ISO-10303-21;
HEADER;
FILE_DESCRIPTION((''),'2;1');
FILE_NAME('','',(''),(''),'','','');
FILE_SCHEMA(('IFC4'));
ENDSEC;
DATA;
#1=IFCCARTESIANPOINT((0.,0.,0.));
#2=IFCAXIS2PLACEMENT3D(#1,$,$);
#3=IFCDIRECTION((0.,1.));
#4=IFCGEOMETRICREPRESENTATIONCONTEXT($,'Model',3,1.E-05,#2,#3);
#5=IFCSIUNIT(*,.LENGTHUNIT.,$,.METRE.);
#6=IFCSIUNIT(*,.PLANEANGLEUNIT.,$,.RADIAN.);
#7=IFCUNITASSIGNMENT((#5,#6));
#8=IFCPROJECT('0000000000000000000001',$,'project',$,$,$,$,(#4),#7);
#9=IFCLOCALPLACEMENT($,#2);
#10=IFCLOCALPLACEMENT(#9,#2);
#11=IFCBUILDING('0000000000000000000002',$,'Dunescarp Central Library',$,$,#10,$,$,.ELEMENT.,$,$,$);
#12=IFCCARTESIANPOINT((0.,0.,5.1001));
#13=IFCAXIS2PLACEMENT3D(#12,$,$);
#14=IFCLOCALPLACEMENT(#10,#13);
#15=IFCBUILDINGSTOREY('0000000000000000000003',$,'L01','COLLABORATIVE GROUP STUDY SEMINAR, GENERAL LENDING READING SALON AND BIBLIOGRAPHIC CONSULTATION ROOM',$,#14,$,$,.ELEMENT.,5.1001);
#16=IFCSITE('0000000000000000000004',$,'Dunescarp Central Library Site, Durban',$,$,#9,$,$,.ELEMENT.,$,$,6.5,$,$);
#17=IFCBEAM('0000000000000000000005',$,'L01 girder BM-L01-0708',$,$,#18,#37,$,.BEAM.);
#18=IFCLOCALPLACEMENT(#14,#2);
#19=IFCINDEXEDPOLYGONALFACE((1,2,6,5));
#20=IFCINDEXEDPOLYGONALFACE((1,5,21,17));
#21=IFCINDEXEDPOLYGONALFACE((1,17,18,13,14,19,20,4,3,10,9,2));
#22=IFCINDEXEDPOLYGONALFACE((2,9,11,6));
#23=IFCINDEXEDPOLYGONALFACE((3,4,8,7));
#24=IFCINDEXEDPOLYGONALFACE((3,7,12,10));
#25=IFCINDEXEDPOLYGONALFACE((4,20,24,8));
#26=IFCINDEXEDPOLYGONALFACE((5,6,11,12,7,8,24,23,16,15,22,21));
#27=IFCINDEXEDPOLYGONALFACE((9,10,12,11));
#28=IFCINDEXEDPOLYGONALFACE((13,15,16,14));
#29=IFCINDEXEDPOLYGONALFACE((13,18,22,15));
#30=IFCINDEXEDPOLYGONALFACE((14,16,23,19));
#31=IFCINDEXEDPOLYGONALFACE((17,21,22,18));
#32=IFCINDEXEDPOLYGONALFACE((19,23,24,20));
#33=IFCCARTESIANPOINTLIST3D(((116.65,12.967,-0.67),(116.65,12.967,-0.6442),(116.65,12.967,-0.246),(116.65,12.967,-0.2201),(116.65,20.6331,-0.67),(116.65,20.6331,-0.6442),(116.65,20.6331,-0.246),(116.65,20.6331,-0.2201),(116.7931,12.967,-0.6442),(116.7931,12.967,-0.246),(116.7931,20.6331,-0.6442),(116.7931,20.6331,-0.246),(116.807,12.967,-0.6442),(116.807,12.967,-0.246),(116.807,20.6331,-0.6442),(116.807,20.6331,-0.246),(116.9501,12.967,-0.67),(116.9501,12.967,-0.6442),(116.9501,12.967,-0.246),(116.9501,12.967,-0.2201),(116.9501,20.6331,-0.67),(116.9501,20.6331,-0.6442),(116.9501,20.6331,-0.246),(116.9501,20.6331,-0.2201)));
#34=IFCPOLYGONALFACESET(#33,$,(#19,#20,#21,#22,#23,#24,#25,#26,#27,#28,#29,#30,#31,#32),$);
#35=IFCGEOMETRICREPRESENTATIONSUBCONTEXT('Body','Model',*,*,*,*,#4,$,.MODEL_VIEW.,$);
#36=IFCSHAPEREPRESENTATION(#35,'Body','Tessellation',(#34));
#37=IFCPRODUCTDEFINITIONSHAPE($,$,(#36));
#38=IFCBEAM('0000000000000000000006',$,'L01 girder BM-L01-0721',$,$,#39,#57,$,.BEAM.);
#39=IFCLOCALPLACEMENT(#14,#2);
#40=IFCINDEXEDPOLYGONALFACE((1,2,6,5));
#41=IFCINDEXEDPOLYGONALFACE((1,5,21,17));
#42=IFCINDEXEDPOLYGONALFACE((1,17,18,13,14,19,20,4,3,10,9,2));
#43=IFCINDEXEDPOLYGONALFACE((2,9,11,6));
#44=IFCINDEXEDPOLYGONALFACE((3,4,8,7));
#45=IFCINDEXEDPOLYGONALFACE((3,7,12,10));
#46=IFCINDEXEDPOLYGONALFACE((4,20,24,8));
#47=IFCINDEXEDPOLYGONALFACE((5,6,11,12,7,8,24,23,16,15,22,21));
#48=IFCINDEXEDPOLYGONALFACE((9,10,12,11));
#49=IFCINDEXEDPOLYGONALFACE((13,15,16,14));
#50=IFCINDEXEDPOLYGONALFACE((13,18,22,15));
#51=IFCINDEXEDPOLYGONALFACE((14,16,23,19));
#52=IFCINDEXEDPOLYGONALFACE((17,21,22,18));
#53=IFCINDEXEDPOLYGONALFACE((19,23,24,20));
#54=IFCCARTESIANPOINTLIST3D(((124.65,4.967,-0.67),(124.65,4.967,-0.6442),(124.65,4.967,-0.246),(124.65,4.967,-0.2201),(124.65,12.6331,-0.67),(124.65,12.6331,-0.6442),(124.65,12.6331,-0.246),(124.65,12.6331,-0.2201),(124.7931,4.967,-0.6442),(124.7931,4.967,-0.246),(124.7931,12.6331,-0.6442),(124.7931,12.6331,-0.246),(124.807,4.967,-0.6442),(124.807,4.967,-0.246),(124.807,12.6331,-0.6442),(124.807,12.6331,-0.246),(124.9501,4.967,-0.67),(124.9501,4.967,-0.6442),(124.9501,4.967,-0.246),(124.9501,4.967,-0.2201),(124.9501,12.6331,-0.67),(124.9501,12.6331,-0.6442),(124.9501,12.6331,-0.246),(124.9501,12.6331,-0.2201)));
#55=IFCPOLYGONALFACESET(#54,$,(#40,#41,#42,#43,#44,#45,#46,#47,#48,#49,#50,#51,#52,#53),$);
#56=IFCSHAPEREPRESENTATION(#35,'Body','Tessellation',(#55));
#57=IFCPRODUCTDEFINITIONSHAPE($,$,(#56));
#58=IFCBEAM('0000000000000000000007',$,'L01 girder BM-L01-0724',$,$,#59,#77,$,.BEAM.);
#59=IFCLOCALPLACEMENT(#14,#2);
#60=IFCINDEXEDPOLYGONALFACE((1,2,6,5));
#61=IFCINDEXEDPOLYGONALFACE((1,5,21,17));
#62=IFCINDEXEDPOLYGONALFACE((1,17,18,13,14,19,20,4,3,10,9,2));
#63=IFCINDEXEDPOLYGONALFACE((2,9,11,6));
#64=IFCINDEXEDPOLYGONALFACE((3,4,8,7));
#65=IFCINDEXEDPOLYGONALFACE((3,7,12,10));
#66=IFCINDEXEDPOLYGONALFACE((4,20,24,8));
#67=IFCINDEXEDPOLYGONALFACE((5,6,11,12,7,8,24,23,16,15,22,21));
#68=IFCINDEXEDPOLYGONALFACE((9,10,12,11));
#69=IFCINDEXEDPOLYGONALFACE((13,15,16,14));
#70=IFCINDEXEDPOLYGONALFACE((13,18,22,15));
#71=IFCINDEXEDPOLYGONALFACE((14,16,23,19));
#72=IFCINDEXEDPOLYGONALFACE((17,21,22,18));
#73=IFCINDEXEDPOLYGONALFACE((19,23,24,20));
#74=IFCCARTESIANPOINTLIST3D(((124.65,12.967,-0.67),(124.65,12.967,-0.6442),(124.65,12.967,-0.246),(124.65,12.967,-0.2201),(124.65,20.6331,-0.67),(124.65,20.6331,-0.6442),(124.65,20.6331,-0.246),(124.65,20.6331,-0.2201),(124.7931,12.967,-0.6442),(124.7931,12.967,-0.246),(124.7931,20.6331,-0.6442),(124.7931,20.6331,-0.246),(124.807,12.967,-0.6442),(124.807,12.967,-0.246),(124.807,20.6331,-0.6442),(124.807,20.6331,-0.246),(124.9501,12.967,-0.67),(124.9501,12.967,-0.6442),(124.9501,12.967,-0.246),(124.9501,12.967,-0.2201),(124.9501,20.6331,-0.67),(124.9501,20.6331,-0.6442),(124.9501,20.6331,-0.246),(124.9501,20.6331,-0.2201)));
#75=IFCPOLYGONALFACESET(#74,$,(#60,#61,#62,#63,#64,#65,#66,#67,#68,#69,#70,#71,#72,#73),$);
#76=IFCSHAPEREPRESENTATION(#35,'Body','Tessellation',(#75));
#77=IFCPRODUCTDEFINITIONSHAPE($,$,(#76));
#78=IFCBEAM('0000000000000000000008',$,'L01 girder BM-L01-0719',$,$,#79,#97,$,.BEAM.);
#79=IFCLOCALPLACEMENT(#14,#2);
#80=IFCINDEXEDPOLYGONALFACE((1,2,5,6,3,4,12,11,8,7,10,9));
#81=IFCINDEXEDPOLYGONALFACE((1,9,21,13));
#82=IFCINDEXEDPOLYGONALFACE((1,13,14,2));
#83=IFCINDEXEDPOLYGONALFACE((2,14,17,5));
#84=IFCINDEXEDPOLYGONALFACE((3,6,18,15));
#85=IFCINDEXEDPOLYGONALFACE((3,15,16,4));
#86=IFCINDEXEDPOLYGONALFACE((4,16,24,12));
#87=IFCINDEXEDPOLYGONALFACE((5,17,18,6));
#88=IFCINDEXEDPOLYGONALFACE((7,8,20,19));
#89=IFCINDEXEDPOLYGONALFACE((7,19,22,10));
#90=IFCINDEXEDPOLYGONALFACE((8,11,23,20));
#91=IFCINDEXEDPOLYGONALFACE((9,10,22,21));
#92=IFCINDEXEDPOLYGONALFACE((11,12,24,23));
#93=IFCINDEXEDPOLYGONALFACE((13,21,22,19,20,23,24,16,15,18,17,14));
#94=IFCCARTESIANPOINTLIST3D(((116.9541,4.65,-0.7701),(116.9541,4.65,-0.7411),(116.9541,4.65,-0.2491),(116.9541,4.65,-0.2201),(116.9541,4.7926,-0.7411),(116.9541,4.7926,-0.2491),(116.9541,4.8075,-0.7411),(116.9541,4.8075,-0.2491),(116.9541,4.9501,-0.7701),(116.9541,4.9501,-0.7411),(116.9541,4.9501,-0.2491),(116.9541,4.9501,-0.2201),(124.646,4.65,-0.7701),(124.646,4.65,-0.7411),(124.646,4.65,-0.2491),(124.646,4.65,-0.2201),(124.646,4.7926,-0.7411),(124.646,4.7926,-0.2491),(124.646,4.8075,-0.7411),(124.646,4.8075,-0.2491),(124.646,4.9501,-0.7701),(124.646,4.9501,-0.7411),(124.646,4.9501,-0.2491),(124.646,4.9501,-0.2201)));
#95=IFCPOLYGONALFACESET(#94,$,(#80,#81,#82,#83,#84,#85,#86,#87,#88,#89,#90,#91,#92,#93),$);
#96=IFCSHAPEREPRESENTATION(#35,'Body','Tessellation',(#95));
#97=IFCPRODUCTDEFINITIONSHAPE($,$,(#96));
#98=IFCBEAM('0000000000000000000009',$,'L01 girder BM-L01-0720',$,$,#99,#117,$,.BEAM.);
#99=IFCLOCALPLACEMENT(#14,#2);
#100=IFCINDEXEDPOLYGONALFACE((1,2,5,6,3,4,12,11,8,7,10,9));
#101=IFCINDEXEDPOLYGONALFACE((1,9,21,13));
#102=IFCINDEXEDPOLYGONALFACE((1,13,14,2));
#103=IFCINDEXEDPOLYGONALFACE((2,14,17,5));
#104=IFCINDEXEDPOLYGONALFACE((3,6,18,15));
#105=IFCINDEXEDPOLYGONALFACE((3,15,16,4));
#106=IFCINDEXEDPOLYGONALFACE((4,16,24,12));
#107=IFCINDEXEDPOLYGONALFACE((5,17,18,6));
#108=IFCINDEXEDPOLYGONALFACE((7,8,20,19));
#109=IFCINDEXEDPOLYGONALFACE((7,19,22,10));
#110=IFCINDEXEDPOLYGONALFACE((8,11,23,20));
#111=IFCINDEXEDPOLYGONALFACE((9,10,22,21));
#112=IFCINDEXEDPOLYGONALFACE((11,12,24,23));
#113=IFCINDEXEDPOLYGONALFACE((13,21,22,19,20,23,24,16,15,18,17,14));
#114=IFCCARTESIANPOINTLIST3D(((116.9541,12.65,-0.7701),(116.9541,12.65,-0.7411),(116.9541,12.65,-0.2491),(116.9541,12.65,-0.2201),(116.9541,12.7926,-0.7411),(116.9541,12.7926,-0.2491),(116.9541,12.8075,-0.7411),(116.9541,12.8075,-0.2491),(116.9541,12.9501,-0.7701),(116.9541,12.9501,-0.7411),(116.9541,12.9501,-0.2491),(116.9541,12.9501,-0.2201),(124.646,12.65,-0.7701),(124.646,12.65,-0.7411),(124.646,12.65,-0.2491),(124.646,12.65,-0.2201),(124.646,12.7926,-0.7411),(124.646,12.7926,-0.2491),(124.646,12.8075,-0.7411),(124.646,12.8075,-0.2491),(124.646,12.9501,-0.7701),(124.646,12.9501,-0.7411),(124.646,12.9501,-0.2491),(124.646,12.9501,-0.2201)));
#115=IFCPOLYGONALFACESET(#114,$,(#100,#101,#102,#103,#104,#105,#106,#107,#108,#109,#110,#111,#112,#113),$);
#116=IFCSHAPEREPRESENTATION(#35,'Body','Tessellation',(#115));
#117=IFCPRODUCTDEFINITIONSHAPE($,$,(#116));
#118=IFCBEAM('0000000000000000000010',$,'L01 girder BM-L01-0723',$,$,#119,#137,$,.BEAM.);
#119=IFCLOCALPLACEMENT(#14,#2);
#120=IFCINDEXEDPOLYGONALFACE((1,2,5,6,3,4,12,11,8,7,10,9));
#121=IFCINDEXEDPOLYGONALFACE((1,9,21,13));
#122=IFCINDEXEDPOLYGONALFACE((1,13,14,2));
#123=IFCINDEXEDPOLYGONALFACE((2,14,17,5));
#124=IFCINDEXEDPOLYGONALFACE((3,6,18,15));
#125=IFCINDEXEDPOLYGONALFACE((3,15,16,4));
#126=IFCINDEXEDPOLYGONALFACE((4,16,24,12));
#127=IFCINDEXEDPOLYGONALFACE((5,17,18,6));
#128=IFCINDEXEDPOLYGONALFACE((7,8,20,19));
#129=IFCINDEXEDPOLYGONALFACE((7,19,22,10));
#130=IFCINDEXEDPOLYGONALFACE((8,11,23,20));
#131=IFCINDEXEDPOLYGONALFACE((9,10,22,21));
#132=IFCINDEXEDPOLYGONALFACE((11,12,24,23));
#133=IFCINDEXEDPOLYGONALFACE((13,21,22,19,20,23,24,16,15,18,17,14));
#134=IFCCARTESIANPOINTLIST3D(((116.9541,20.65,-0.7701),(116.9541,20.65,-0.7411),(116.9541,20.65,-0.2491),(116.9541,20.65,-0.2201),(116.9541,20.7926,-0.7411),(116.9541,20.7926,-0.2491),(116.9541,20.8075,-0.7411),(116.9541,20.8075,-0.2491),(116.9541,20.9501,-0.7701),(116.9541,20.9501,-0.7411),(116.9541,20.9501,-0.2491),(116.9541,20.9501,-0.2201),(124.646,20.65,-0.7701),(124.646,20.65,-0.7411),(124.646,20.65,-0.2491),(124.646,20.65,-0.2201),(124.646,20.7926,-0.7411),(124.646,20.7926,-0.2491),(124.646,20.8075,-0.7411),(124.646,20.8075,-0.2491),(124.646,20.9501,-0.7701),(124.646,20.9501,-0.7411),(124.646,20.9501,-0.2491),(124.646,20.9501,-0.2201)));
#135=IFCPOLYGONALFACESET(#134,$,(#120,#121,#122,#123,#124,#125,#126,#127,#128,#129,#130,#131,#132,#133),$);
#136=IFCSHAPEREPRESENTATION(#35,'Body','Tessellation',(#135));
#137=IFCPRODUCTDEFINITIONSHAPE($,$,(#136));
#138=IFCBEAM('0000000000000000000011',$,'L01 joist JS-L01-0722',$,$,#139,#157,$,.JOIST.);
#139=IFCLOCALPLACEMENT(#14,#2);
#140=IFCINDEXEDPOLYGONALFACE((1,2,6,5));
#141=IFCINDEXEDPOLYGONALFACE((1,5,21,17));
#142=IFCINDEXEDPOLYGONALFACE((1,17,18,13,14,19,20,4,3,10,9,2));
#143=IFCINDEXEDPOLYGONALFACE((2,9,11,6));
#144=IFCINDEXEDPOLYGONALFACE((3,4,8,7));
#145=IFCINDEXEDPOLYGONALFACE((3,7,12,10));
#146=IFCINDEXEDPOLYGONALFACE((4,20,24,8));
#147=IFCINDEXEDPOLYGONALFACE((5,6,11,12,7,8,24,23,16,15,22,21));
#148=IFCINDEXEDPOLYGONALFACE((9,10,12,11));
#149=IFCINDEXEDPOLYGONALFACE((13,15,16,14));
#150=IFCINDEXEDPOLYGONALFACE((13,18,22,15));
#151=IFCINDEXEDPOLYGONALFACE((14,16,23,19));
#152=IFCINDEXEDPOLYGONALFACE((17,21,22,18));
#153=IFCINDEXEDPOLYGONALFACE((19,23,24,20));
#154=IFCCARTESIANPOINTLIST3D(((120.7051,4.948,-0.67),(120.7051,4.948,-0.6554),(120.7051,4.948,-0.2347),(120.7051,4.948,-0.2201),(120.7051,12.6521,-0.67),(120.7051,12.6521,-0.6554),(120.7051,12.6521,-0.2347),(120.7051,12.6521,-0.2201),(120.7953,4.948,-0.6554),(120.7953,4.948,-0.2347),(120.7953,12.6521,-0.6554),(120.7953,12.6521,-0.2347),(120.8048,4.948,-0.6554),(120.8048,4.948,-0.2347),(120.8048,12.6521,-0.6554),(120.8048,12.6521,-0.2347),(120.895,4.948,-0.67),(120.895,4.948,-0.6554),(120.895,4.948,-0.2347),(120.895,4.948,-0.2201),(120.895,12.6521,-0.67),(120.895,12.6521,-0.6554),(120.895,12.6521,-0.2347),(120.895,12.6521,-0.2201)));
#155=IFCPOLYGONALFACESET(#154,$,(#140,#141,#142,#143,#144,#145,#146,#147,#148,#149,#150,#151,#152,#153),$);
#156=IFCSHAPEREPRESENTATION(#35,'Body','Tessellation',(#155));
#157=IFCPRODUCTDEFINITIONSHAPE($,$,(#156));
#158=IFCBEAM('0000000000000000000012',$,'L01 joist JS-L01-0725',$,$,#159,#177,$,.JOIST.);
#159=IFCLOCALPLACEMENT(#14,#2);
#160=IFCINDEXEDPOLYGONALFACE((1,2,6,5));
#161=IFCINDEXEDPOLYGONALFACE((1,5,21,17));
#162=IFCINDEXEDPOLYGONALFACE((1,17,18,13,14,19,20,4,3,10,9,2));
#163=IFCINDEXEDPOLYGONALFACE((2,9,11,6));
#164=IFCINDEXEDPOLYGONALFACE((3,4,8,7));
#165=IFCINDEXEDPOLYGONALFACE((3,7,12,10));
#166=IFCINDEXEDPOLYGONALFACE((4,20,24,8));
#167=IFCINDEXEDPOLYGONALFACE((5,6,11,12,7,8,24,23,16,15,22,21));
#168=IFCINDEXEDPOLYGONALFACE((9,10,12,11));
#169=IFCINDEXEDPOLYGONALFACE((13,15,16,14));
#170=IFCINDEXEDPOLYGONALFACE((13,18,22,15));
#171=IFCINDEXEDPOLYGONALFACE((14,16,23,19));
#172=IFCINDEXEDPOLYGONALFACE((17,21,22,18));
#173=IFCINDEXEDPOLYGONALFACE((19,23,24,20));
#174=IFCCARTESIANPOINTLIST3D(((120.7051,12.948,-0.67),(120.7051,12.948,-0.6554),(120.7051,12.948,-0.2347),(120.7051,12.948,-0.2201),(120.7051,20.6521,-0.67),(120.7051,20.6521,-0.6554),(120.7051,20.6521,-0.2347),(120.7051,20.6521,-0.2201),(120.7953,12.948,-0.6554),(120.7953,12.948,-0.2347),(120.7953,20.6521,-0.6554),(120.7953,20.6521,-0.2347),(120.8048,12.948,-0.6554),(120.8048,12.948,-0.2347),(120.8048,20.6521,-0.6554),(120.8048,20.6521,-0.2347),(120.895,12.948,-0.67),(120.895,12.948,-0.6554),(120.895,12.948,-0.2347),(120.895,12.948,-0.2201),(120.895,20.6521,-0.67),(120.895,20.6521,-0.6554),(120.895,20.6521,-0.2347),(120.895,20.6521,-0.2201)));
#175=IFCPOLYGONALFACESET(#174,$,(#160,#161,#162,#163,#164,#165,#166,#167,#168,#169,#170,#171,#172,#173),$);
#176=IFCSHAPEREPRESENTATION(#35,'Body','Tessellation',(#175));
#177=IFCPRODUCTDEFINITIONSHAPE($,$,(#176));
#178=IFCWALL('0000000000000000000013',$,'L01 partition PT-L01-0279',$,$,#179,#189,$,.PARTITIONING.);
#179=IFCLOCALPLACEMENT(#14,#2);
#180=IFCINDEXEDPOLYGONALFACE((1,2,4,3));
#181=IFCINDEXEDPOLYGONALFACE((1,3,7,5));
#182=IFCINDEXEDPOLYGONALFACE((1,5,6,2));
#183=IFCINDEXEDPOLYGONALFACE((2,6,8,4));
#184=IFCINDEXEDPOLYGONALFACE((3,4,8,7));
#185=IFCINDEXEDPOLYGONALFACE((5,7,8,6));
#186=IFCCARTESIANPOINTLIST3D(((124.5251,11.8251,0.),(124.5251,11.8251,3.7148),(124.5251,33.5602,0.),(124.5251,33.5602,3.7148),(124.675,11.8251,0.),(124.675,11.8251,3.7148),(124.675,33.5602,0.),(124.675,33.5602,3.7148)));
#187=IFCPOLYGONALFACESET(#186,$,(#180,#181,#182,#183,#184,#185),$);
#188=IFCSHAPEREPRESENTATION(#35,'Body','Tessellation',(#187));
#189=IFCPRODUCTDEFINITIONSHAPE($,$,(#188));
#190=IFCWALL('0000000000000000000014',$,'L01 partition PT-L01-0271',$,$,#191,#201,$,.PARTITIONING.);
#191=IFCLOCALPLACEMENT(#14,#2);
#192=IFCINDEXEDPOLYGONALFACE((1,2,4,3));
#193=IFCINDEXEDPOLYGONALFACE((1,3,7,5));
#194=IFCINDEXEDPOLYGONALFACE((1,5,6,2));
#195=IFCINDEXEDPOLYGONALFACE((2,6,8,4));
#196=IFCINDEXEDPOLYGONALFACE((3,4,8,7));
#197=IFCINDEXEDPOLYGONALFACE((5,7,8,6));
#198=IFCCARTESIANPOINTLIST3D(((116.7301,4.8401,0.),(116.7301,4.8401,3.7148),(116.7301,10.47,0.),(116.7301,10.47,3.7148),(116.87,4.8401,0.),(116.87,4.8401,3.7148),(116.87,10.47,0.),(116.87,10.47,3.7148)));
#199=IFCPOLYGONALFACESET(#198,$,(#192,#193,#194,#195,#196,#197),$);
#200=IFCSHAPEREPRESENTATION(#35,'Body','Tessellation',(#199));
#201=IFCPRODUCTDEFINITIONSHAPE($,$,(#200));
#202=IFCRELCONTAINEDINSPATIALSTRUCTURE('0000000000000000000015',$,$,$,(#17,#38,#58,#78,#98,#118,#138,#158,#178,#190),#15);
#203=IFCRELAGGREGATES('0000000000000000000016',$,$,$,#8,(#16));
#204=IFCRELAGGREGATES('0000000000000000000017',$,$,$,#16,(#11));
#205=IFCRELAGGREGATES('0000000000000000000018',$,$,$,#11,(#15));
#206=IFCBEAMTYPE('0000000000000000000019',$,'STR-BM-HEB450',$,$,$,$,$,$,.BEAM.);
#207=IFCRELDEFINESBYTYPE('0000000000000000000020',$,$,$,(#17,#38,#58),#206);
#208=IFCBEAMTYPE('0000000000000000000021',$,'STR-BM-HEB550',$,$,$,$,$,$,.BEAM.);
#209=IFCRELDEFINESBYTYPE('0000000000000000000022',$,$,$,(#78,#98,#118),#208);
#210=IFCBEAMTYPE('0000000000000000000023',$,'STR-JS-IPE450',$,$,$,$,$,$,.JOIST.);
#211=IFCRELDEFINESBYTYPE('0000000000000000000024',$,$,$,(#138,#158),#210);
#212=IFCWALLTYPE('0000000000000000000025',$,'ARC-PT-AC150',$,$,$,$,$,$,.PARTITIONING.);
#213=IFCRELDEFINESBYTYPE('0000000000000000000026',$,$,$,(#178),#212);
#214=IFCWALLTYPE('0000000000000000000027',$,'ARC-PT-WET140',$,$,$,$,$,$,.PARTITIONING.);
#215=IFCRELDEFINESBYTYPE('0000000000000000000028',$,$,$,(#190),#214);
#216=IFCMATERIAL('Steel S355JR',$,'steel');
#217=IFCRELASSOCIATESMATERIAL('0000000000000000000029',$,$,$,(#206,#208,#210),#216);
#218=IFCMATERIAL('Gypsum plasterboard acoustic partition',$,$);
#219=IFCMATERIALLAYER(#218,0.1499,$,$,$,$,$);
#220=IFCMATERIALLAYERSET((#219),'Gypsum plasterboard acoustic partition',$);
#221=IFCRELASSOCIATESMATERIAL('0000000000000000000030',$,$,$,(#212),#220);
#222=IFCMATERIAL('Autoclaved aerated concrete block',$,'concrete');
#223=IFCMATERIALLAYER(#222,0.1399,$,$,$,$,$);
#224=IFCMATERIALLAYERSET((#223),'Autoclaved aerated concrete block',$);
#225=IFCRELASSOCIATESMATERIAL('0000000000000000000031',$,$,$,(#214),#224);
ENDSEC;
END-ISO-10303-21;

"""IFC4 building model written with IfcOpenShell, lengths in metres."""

from ifc_helpers import new_model, si_unit, direction, frame, frame_2d, origin, origin_2d, place, context, subcontext, project, spatial, rectangle, i_section, extrude, material, layer, layer_set, material_profile, profile_set, type_object, element, save


model = new_model("IFC4")

# Units and contexts
model_context = context("Model", 3, precision=1e-05, world=origin(), true_north=direction((0.0, 1.0)))
body_context = subcontext(model_context, "Body", "Model", "MODEL_VIEW")
ifc_project = project(units=[si_unit("LENGTHUNIT", "METRE"), si_unit("PLANEANGLEUNIT", "RADIAN")], contexts=[model_context])

# Site, building, storey
site_placement = place(None, origin())
site = spatial("IfcSite", under=ifc_project, at=site_placement, Name="Dunescarp Central Library Site, Durban", CompositionType="ELEMENT", RefElevation=6.5)
building_placement = place(site_placement, origin())
building = spatial("IfcBuilding", under=site, at=building_placement, Name="Dunescarp Central Library", CompositionType="ELEMENT")
storey_placement = place(building_placement, frame((0.0, 0.0, 5.1001)))
storey = spatial("IfcBuildingStorey", under=building, at=storey_placement, Name="L01", Description="COLLABORATIVE GROUP STUDY SEMINAR, GENERAL LENDING READING SALON AND BIBLIOGRAPHIC CONSULTATION ROOM", CompositionType="ELEMENT", Elevation=5.1001)

# Shared definitions
ifc_material_1 = material(Name="Steel S355JR", Category="steel")

# Beams
ifc_material_profile_1 = material_profile(ifc_material_1, i_section(OverallWidth=0.3, OverallDepth=0.45, WebThickness=0.0139, FlangeThickness=0.0259, at=origin_2d()), Name="HEB 450")
ifc_profile_set_1 = profile_set([ifc_material_profile_1], Name="Steel S355JR")
beam_type_1 = type_object("IfcBeamType", Name="STR-BM-HEB450", PredefinedType="BEAM", material=ifc_profile_set_1)
for number, where, z_axis, x_axis, name in (
    (1, (116.8, 12.967, -0.4451), (0.0, 1.0, 0.0), (-1.0, 0.0, 0.0), "L01 girder BM-L01-0708"),
    (2, (124.8, 4.967, -0.4451), (0.0, 1.0, 0.0), (-1.0, 0.0, 0.0), "L01 girder BM-L01-0721"),
    (3, (124.8, 12.967, -0.4451), (0.0, 1.0, 0.0), (-1.0, 0.0, 0.0), "L01 girder BM-L01-0724"),
):
    element("IfcBeam", number, at=place(storey_placement, frame(where, z_axis=z_axis, x_axis=x_axis)), inside=storey, type_object=beam_type_1, Name=name, PredefinedType="BEAM", context=body_context, shape_type="SweptSolid", body=[
        extrude(i_section(OverallWidth=0.3, OverallDepth=0.45, WebThickness=0.0139, FlangeThickness=0.0259, at=origin_2d()), origin(), (0.0, 0.0, 1.0), 7.666),
    ])
ifc_material_profile_2 = material_profile(ifc_material_1, i_section(OverallWidth=0.3, OverallDepth=0.55, WebThickness=0.0149, FlangeThickness=0.0291, at=origin_2d()), Name="HEB 550")
ifc_profile_set_2 = profile_set([ifc_material_profile_2], Name="Steel S355JR")
beam_type_2 = type_object("IfcBeamType", Name="STR-BM-HEB550", PredefinedType="BEAM", material=ifc_profile_set_2)
for number, where, z_axis, x_axis, name in (
    (4, (116.9541, 4.8, -0.4951), (1.0, 0.0, 0.0), (0.0, 1.0, 0.0), "L01 girder BM-L01-0719"),
    (5, (116.9541, 12.8, -0.4951), (1.0, 0.0, 0.0), (0.0, 1.0, 0.0), "L01 girder BM-L01-0720"),
    (6, (116.9541, 20.8, -0.4951), (1.0, 0.0, 0.0), (0.0, 1.0, 0.0), "L01 girder BM-L01-0723"),
):
    element("IfcBeam", number, at=place(storey_placement, frame(where, z_axis=z_axis, x_axis=x_axis)), inside=storey, type_object=beam_type_2, Name=name, PredefinedType="BEAM", context=body_context, shape_type="SweptSolid", body=[
        extrude(i_section(OverallWidth=0.3, OverallDepth=0.55, WebThickness=0.0149, FlangeThickness=0.0291, at=origin_2d()), origin(), (0.0, 0.0, 1.0), 7.6919),
    ])
ifc_material_profile_3 = material_profile(ifc_material_1, i_section(OverallWidth=0.1899, OverallDepth=0.45, WebThickness=0.0095, FlangeThickness=0.0146, at=origin_2d()), Name="IPE 450")
ifc_profile_set_3 = profile_set([ifc_material_profile_3], Name="Steel S355JR")
beam_type_3 = type_object("IfcBeamType", Name="STR-JS-IPE450", PredefinedType="JOIST", material=ifc_profile_set_3)
for number, where, z_axis, x_axis, name in (
    (7, (120.8, 4.948, -0.4451), (0.0, 1.0, 0.0), (-1.0, 0.0, 0.0), "L01 joist JS-L01-0722"),
    (8, (120.8, 12.948, -0.4451), (0.0, 1.0, 0.0), (-1.0, 0.0, 0.0), "L01 joist JS-L01-0725"),
):
    element("IfcBeam", number, at=place(storey_placement, frame(where, z_axis=z_axis, x_axis=x_axis)), inside=storey, type_object=beam_type_3, Name=name, PredefinedType="JOIST", context=body_context, shape_type="SweptSolid", body=[
        extrude(i_section(OverallWidth=0.1899, OverallDepth=0.45, WebThickness=0.0095, FlangeThickness=0.0146, at=origin_2d()), origin(), (0.0, 0.0, 1.0), 7.7041),
    ])

# Walls
ifc_material_2 = material(Name="Gypsum plasterboard acoustic partition")
ifc_layer_1 = layer(ifc_material_2, 0.1499)
ifc_layer_set_1 = layer_set([ifc_layer_1], Name="Gypsum plasterboard acoustic partition")
wall_type_1 = type_object("IfcWallType", Name="ARC-PT-AC150", PredefinedType="PARTITIONING", material=ifc_layer_set_1)
wall_1_placement = place(storey_placement, frame((124.6001, 11.825, 0.0), z_axis=(0.0, 0.0, 1.0), x_axis=(0.0, 1.0, 0.0)))
element("IfcWall", 9, at=wall_1_placement, inside=storey, type_object=wall_type_1, Name="L01 partition PT-L01-0279", PredefinedType="PARTITIONING", context=body_context, shape_type="SweptSolid", body=[
    extrude(rectangle(XDim=21.7351, YDim=0.1499, at=frame_2d((10.8677, 0.0))), origin(), (0.0, 0.0, 1.0), 3.7148),
])
ifc_material_3 = material(Name="Autoclaved aerated concrete block", Category="concrete")
ifc_layer_2 = layer(ifc_material_3, 0.1399)
ifc_layer_set_2 = layer_set([ifc_layer_2], Name="Autoclaved aerated concrete block")
wall_type_2 = type_object("IfcWallType", Name="ARC-PT-WET140", PredefinedType="PARTITIONING", material=ifc_layer_set_2)
wall_2_placement = place(storey_placement, frame((116.8, 4.8401, 0.0), z_axis=(0.0, 0.0, 1.0), x_axis=(0.0, 1.0, 0.0)))
element("IfcWall", 10, at=wall_2_placement, inside=storey, type_object=wall_type_2, Name="L01 partition PT-L01-0271", PredefinedType="PARTITIONING", context=body_context, shape_type="SweptSolid", body=[
    extrude(rectangle(XDim=5.6299, YDim=0.1399, at=frame_2d((2.8149, 0.0))), origin(), (0.0, 0.0, 1.0), 3.7148),
])

save(model, "model.ifc")
